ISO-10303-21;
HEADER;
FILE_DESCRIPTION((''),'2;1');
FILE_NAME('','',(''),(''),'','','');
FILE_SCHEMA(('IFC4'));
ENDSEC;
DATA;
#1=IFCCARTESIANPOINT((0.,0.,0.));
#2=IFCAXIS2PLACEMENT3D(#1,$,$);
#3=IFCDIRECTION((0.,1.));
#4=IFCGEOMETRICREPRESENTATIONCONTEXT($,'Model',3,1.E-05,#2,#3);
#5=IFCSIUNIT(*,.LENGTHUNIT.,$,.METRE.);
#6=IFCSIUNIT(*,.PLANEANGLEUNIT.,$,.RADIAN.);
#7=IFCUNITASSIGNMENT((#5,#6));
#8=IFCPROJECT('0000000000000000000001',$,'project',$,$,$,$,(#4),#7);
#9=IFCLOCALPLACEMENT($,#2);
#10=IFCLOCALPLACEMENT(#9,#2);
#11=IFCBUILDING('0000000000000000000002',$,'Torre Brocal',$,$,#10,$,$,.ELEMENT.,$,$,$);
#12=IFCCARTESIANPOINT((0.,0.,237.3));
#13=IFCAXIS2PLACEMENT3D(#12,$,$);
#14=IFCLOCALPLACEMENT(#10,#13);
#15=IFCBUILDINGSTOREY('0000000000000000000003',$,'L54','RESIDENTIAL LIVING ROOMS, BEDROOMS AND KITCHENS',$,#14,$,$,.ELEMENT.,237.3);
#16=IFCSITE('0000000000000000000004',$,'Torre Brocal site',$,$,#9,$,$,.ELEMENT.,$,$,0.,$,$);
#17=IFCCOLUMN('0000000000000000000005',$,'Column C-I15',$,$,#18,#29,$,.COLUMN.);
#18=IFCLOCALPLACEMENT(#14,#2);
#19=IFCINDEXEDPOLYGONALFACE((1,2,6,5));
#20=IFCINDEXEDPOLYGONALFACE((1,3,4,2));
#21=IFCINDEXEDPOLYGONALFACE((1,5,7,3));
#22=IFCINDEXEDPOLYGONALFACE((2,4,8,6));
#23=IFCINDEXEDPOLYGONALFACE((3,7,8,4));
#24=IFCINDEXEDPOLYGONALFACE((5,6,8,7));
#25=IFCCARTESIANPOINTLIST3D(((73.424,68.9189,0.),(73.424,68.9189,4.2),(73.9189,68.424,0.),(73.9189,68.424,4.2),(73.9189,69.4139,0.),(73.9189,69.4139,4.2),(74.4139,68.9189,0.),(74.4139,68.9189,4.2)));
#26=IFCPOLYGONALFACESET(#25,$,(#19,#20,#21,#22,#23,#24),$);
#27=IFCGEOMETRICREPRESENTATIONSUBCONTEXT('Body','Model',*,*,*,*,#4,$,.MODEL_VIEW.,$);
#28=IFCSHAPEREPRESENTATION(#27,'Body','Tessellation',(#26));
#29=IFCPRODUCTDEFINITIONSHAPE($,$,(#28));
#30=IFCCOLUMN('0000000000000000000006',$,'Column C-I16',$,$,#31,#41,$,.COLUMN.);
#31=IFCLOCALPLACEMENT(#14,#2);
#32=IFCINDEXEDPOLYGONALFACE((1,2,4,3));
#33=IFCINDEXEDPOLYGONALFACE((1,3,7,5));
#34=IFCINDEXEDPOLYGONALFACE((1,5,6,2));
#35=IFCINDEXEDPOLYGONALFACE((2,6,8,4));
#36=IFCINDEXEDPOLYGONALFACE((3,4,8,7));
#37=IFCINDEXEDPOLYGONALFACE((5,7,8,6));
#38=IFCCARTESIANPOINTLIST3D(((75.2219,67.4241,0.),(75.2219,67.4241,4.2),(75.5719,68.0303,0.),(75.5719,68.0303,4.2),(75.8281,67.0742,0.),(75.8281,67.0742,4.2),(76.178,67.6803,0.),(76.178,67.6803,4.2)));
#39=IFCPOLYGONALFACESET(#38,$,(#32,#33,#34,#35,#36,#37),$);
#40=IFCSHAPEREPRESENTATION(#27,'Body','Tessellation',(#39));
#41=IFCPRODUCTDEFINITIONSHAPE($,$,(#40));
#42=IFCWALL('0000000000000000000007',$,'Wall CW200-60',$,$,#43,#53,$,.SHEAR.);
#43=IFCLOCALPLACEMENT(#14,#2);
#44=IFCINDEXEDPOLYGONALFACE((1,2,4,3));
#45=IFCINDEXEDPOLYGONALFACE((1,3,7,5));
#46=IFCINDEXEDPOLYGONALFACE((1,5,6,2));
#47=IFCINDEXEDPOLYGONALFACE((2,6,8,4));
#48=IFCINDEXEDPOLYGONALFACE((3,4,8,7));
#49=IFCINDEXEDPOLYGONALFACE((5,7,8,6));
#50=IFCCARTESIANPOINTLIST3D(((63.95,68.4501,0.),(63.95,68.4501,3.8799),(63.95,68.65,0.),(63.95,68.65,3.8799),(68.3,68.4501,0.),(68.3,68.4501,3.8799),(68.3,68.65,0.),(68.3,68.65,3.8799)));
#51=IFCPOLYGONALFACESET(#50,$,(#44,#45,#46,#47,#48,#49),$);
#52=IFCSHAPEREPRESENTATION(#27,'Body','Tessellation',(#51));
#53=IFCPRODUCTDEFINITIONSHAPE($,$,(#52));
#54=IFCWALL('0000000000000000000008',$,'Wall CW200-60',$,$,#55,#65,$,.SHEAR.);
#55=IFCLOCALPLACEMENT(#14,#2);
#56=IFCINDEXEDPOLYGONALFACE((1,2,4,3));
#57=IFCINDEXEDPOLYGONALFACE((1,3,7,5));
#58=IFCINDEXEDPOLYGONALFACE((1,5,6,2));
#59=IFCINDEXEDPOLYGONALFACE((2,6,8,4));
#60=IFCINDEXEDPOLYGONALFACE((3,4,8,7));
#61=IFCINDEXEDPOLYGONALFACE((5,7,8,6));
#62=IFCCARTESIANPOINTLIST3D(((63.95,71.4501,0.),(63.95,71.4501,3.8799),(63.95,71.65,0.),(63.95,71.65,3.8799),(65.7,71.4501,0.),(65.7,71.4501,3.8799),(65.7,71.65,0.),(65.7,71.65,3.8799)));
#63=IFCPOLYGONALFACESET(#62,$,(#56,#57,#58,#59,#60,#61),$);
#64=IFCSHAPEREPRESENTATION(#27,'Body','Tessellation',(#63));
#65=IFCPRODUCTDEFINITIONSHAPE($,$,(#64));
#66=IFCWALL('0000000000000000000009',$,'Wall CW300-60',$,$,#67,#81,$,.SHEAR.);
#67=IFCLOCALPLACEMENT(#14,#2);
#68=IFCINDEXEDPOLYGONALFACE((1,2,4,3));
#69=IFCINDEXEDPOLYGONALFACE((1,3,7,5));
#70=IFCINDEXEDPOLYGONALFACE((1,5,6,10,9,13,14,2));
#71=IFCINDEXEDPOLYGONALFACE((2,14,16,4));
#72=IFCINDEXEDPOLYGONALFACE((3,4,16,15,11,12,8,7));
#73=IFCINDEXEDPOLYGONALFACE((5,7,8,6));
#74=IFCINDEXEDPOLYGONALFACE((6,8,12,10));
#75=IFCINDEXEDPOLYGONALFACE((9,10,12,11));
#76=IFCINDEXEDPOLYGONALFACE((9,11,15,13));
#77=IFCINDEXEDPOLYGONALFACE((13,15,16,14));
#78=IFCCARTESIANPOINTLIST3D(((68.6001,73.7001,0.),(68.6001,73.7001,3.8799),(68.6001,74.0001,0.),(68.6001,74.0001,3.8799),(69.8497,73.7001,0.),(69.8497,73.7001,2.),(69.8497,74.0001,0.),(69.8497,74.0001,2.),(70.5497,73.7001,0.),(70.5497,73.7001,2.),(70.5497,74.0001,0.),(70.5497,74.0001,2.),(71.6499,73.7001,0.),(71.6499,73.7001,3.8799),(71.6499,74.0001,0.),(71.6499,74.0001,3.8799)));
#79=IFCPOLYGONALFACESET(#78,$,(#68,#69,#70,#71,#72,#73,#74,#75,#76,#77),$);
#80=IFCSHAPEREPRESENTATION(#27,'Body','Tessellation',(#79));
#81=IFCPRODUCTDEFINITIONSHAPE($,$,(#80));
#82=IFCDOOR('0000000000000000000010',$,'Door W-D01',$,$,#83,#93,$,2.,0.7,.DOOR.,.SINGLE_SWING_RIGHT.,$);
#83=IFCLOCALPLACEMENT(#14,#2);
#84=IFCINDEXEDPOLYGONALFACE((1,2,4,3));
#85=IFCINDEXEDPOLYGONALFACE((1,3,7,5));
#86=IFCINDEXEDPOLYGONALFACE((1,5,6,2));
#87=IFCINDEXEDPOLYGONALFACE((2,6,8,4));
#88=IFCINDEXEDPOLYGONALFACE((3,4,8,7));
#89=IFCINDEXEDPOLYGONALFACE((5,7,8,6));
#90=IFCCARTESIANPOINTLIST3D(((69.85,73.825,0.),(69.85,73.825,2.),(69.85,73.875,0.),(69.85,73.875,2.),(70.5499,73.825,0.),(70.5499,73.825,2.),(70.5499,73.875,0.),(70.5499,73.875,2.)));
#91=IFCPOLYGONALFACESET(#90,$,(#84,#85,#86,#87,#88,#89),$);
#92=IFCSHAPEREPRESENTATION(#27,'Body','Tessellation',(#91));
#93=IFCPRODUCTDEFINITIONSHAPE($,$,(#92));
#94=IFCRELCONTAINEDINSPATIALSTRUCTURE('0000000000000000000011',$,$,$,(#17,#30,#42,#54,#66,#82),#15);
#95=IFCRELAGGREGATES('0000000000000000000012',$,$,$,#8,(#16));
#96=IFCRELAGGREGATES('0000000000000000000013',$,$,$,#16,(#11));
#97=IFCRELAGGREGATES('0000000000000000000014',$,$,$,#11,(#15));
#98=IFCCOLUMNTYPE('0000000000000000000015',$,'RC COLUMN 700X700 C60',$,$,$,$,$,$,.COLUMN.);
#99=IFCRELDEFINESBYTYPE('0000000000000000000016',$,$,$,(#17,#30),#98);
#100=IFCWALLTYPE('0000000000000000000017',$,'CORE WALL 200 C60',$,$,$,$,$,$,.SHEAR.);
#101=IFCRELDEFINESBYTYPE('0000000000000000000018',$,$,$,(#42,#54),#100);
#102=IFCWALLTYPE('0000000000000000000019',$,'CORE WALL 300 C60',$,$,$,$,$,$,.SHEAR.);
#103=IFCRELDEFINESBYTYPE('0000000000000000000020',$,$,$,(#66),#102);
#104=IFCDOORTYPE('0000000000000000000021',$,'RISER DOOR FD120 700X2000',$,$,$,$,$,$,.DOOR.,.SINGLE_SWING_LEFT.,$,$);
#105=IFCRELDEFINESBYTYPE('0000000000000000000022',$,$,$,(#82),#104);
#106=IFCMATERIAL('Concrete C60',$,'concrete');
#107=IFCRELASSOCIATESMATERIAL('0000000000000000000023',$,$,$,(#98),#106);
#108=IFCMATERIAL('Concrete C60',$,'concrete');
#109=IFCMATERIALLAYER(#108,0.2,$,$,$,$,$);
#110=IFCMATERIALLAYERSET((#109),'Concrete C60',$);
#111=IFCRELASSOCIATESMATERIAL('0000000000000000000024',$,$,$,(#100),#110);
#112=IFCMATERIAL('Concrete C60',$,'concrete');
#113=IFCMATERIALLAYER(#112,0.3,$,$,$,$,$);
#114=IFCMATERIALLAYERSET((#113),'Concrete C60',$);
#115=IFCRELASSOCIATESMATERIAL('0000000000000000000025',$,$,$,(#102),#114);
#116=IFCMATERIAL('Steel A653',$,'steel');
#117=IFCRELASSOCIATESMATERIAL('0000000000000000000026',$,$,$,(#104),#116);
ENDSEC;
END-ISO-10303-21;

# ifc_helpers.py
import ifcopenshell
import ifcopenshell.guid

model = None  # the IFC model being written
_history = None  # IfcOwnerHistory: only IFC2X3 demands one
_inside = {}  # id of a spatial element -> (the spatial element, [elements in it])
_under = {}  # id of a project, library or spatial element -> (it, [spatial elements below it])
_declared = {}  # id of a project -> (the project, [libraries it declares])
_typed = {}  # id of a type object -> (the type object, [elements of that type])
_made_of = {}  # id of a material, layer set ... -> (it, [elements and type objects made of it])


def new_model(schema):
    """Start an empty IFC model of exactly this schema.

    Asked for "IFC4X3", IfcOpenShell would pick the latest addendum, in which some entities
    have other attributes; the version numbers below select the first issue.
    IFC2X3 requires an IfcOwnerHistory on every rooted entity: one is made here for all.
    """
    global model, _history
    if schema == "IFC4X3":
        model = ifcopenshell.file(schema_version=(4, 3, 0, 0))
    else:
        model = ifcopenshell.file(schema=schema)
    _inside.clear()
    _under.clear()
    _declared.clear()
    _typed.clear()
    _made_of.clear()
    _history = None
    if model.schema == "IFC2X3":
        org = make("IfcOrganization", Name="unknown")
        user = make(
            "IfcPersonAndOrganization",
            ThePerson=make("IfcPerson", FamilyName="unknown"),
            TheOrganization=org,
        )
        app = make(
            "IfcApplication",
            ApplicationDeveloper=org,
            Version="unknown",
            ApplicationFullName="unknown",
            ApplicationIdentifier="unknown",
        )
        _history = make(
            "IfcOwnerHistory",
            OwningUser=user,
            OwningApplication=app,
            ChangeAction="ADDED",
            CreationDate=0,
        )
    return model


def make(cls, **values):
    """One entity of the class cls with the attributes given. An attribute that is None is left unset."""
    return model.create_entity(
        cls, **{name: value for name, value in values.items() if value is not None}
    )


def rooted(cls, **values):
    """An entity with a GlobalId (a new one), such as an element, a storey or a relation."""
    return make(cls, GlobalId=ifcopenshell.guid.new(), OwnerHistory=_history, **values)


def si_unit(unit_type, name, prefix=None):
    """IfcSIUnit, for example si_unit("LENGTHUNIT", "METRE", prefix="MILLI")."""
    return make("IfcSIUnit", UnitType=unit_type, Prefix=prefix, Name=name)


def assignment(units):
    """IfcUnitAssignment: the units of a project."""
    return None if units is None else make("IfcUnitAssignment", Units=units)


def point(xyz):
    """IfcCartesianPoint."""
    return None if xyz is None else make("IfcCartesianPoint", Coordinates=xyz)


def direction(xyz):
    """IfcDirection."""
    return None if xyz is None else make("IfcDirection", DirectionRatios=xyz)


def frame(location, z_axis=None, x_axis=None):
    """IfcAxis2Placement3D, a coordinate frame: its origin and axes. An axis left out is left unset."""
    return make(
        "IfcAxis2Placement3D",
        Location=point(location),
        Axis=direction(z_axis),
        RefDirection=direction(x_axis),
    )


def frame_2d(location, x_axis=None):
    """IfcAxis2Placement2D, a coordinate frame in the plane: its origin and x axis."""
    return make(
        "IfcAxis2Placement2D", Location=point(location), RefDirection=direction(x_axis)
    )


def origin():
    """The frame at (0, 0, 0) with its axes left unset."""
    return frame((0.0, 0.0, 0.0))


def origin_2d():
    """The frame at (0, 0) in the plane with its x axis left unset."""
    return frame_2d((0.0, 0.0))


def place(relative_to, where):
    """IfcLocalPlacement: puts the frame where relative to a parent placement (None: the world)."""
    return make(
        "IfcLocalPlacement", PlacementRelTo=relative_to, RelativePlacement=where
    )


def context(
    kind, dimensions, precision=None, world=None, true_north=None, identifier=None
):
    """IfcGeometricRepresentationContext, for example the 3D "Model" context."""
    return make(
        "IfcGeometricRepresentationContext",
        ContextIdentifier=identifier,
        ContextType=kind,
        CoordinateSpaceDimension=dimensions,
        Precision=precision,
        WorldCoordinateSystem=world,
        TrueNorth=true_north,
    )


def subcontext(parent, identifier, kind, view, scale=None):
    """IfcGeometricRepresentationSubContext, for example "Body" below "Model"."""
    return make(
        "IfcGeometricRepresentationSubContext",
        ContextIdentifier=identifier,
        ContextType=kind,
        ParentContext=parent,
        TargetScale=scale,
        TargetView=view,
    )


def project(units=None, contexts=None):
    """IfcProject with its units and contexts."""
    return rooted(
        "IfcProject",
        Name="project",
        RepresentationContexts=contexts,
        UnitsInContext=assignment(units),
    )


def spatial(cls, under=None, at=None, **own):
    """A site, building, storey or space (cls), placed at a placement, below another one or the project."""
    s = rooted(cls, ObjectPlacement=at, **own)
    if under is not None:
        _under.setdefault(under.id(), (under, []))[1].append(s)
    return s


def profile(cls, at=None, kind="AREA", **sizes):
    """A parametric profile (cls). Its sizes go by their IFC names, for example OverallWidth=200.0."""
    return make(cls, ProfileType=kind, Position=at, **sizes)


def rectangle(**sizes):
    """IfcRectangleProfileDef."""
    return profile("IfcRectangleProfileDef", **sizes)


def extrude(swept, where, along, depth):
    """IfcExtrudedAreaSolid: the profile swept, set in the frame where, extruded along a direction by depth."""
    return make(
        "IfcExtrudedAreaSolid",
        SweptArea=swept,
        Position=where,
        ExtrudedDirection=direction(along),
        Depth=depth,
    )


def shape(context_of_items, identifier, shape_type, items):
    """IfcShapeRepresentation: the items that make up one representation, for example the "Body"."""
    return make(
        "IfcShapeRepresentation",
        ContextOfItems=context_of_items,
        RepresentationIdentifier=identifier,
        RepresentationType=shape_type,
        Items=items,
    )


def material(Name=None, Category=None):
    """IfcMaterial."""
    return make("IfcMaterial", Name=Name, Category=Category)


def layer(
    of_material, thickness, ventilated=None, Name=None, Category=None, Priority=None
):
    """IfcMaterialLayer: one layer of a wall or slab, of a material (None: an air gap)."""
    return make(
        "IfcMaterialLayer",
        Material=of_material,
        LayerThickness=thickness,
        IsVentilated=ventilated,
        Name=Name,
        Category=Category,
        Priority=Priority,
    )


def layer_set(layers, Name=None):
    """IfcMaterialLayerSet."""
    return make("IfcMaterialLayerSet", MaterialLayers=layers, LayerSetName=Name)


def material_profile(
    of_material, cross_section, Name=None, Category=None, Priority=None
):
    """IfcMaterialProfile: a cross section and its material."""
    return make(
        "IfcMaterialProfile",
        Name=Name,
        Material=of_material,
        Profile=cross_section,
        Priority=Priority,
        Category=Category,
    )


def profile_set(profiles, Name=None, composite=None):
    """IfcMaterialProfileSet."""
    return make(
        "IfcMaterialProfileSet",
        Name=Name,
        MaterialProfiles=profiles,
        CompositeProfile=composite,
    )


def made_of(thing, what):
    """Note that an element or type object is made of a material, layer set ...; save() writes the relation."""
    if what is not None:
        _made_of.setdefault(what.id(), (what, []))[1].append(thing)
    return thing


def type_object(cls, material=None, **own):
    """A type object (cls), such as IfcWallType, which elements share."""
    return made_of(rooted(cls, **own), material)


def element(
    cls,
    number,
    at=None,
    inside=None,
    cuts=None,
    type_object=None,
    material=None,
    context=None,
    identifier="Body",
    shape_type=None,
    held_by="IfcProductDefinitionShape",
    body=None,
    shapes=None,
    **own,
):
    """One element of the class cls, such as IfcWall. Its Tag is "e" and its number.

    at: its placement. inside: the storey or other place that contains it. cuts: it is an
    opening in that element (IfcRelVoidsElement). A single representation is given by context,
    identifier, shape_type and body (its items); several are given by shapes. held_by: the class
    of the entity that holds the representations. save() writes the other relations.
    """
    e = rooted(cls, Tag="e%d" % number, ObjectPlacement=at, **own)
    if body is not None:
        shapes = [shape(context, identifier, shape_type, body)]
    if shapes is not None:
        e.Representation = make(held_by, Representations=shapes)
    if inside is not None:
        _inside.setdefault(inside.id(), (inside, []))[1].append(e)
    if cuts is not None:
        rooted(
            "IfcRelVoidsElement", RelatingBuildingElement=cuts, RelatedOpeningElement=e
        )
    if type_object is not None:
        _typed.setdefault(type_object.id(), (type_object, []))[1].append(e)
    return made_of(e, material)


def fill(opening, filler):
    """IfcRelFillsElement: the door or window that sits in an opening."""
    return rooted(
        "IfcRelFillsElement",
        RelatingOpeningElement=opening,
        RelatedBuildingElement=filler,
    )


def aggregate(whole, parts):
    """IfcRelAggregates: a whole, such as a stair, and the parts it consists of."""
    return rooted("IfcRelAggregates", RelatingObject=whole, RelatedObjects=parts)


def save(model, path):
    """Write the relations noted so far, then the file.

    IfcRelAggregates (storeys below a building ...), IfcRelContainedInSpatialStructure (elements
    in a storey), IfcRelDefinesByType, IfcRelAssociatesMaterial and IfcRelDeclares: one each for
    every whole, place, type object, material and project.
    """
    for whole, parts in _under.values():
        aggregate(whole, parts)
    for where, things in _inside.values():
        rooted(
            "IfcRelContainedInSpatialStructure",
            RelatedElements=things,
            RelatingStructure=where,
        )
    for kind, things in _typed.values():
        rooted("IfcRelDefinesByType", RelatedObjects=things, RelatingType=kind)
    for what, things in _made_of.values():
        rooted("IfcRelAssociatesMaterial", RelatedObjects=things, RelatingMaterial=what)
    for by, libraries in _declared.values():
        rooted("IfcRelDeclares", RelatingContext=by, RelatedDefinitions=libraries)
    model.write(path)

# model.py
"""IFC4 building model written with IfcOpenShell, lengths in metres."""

from ifc_helpers import new_model, si_unit, direction, frame, frame_2d, origin, origin_2d, place, context, subcontext, project, spatial, rectangle, extrude, material, layer, layer_set, material_profile, profile_set, type_object, element, fill, save


model = new_model("IFC4")

# Units and contexts
model_context = context("Model", 3, precision=1e-05, world=origin(), true_north=direction((0.0, 1.0)))
body_context = subcontext(model_context, "Body", "Model", "MODEL_VIEW")
ifc_project = project(units=[si_unit("LENGTHUNIT", "METRE"), si_unit("PLANEANGLEUNIT", "RADIAN")], contexts=[model_context])

# Site, building, storey
site_placement = place(None, origin())
site = spatial("IfcSite", under=ifc_project, at=site_placement, Name="Torre Brocal site", CompositionType="ELEMENT", RefElevation=0.0)
building_placement = place(site_placement, origin())
building = spatial("IfcBuilding", under=site, at=building_placement, Name="Torre Brocal", CompositionType="ELEMENT")
storey_placement = place(building_placement, frame((0.0, 0.0, 237.3)))
storey = spatial("IfcBuildingStorey", under=building, at=storey_placement, Name="L54", Description="RESIDENTIAL LIVING ROOMS, BEDROOMS AND KITCHENS", CompositionType="ELEMENT", Elevation=237.3)

# Columns
ifc_material_1 = material(Name="Concrete C60", Category="concrete")
ifc_material_profile = material_profile(ifc_material_1, rectangle(XDim=0.7, YDim=0.7, at=origin_2d()), Name="RC 700X700")
ifc_profile_set = profile_set([ifc_material_profile], Name="Concrete C60")
column_type = type_object("IfcColumnType", Name="RC COLUMN 700X700 C60", PredefinedType="COLUMN", material=ifc_profile_set)
for number, where, z_axis, x_axis, name in (
    (1, (73.9189, 68.9189, 0.0), (0.0, 0.0, 1.0), (-0.707107, -0.707107, 0.0), "Column C-I15"),
    (2, (75.7, 67.5522, 0.0), (0.0, 0.0, 1.0), (-0.5, -0.866025, 0.0), "Column C-I16"),
):
    element("IfcColumn", number, at=place(storey_placement, frame(where, z_axis=z_axis, x_axis=x_axis)), inside=storey, type_object=column_type, Name=name, PredefinedType="COLUMN", context=body_context, shape_type="SweptSolid", body=[
        extrude(rectangle(XDim=0.7, YDim=0.7, at=origin_2d()), origin(), (0.0, 0.0, 1.0), 4.2),
    ])

# Walls
ifc_material_2 = material(Name="Concrete C60", Category="concrete")
ifc_layer_1 = layer(ifc_material_2, 0.2)
ifc_layer_set_1 = layer_set([ifc_layer_1], Name="Concrete C60")
wall_type_1 = type_object("IfcWallType", Name="CORE WALL 200 C60", PredefinedType="SHEAR", material=ifc_layer_set_1)
wall_1_placement = place(storey_placement, frame((68.3, 68.55, 0.0), z_axis=(0.0, 0.0, 1.0), x_axis=(-1.0, 0.0, 0.0)))
element("IfcWall", 3, at=wall_1_placement, inside=storey, type_object=wall_type_1, Name="Wall CW200-60", PredefinedType="SHEAR", context=body_context, shape_type="SweptSolid", body=[
    extrude(rectangle(XDim=4.3501, YDim=0.2, at=frame_2d((2.175, 0.0))), origin(), (0.0, 0.0, 1.0), 3.8799),
])
wall_2_placement = place(storey_placement, frame((65.7, 71.55, 0.0), z_axis=(0.0, 0.0, 1.0), x_axis=(-1.0, 0.0, 0.0)))
element("IfcWall", 4, at=wall_2_placement, inside=storey, type_object=wall_type_1, Name="Wall CW200-60", PredefinedType="SHEAR", context=body_context, shape_type="SweptSolid", body=[
    extrude(rectangle(XDim=1.75, YDim=0.2, at=frame_2d((0.875, 0.0))), origin(), (0.0, 0.0, 1.0), 3.8799),
])

# Wall, opening, door
ifc_material_3 = material(Name="Concrete C60", Category="concrete")
ifc_layer_2 = layer(ifc_material_3, 0.3)
ifc_layer_set_2 = layer_set([ifc_layer_2], Name="Concrete C60")
wall_type_2 = type_object("IfcWallType", Name="CORE WALL 300 C60", PredefinedType="SHEAR", material=ifc_layer_set_2)
wall_3_placement = place(storey_placement, frame((71.6499, 73.8501, 0.0), z_axis=(0.0, 0.0, 1.0), x_axis=(-1.0, 0.0, 0.0)))
wall_3 = element("IfcWall", 5, at=wall_3_placement, inside=storey, type_object=wall_type_2, Name="Wall CW300-60", PredefinedType="SHEAR", context=body_context, shape_type="SweptSolid", body=[
    extrude(rectangle(XDim=3.0498, YDim=0.3, at=frame_2d((1.5249, 0.0))), origin(), (0.0, 0.0, 1.0), 3.8799),
])
opening_1_placement = place(wall_3_placement, frame((1.1001, 0.0, 0.0)))
opening_1 = element("IfcOpeningElement", 6, at=opening_1_placement, cuts=wall_3, PredefinedType="OPENING", context=body_context, shape_type="SweptSolid", body=[
    extrude(rectangle(XDim=0.7, YDim=2.0, at=frame_2d((0.3501, 1.0))), frame((0.0, 0.1599, 0.0), z_axis=(0.0, -1.0, 0.0), x_axis=(1.0, 0.0, 0.0)), (0.0, 0.0, 1.0), 0.3201),
])
ifc_material_4 = material(Name="Steel A653", Category="steel")
door_type_1 = type_object("IfcDoorType", Name="RISER DOOR FD120 700X2000", OperationType="SINGLE_SWING_LEFT", PredefinedType="DOOR", material=ifc_material_4)
door_1_placement = place(opening_1_placement, frame((0.7, 0.0, 0.0), z_axis=(0.0, 0.0, 1.0), x_axis=(-1.0, 0.0, 0.0)))
door_1 = element("IfcDoor", 7, at=door_1_placement, inside=storey, type_object=door_type_1, Name="Door W-D01", OperationType="SINGLE_SWING_RIGHT", OverallHeight=2.0, OverallWidth=0.7, PredefinedType="DOOR", context=body_context, shape_type="SweptSolid", body=[
    extrude(rectangle(XDim=0.7, YDim=2.0, at=frame_2d((0.3501, 1.0))), frame((0.0, 0.0249, 0.0), z_axis=(0.0, -1.0, 0.0), x_axis=(1.0, 0.0, 0.0)), (0.0, 0.0, 1.0), 0.05),
])
fill(opening_1, door_1)

save(model, "model.ifc")
